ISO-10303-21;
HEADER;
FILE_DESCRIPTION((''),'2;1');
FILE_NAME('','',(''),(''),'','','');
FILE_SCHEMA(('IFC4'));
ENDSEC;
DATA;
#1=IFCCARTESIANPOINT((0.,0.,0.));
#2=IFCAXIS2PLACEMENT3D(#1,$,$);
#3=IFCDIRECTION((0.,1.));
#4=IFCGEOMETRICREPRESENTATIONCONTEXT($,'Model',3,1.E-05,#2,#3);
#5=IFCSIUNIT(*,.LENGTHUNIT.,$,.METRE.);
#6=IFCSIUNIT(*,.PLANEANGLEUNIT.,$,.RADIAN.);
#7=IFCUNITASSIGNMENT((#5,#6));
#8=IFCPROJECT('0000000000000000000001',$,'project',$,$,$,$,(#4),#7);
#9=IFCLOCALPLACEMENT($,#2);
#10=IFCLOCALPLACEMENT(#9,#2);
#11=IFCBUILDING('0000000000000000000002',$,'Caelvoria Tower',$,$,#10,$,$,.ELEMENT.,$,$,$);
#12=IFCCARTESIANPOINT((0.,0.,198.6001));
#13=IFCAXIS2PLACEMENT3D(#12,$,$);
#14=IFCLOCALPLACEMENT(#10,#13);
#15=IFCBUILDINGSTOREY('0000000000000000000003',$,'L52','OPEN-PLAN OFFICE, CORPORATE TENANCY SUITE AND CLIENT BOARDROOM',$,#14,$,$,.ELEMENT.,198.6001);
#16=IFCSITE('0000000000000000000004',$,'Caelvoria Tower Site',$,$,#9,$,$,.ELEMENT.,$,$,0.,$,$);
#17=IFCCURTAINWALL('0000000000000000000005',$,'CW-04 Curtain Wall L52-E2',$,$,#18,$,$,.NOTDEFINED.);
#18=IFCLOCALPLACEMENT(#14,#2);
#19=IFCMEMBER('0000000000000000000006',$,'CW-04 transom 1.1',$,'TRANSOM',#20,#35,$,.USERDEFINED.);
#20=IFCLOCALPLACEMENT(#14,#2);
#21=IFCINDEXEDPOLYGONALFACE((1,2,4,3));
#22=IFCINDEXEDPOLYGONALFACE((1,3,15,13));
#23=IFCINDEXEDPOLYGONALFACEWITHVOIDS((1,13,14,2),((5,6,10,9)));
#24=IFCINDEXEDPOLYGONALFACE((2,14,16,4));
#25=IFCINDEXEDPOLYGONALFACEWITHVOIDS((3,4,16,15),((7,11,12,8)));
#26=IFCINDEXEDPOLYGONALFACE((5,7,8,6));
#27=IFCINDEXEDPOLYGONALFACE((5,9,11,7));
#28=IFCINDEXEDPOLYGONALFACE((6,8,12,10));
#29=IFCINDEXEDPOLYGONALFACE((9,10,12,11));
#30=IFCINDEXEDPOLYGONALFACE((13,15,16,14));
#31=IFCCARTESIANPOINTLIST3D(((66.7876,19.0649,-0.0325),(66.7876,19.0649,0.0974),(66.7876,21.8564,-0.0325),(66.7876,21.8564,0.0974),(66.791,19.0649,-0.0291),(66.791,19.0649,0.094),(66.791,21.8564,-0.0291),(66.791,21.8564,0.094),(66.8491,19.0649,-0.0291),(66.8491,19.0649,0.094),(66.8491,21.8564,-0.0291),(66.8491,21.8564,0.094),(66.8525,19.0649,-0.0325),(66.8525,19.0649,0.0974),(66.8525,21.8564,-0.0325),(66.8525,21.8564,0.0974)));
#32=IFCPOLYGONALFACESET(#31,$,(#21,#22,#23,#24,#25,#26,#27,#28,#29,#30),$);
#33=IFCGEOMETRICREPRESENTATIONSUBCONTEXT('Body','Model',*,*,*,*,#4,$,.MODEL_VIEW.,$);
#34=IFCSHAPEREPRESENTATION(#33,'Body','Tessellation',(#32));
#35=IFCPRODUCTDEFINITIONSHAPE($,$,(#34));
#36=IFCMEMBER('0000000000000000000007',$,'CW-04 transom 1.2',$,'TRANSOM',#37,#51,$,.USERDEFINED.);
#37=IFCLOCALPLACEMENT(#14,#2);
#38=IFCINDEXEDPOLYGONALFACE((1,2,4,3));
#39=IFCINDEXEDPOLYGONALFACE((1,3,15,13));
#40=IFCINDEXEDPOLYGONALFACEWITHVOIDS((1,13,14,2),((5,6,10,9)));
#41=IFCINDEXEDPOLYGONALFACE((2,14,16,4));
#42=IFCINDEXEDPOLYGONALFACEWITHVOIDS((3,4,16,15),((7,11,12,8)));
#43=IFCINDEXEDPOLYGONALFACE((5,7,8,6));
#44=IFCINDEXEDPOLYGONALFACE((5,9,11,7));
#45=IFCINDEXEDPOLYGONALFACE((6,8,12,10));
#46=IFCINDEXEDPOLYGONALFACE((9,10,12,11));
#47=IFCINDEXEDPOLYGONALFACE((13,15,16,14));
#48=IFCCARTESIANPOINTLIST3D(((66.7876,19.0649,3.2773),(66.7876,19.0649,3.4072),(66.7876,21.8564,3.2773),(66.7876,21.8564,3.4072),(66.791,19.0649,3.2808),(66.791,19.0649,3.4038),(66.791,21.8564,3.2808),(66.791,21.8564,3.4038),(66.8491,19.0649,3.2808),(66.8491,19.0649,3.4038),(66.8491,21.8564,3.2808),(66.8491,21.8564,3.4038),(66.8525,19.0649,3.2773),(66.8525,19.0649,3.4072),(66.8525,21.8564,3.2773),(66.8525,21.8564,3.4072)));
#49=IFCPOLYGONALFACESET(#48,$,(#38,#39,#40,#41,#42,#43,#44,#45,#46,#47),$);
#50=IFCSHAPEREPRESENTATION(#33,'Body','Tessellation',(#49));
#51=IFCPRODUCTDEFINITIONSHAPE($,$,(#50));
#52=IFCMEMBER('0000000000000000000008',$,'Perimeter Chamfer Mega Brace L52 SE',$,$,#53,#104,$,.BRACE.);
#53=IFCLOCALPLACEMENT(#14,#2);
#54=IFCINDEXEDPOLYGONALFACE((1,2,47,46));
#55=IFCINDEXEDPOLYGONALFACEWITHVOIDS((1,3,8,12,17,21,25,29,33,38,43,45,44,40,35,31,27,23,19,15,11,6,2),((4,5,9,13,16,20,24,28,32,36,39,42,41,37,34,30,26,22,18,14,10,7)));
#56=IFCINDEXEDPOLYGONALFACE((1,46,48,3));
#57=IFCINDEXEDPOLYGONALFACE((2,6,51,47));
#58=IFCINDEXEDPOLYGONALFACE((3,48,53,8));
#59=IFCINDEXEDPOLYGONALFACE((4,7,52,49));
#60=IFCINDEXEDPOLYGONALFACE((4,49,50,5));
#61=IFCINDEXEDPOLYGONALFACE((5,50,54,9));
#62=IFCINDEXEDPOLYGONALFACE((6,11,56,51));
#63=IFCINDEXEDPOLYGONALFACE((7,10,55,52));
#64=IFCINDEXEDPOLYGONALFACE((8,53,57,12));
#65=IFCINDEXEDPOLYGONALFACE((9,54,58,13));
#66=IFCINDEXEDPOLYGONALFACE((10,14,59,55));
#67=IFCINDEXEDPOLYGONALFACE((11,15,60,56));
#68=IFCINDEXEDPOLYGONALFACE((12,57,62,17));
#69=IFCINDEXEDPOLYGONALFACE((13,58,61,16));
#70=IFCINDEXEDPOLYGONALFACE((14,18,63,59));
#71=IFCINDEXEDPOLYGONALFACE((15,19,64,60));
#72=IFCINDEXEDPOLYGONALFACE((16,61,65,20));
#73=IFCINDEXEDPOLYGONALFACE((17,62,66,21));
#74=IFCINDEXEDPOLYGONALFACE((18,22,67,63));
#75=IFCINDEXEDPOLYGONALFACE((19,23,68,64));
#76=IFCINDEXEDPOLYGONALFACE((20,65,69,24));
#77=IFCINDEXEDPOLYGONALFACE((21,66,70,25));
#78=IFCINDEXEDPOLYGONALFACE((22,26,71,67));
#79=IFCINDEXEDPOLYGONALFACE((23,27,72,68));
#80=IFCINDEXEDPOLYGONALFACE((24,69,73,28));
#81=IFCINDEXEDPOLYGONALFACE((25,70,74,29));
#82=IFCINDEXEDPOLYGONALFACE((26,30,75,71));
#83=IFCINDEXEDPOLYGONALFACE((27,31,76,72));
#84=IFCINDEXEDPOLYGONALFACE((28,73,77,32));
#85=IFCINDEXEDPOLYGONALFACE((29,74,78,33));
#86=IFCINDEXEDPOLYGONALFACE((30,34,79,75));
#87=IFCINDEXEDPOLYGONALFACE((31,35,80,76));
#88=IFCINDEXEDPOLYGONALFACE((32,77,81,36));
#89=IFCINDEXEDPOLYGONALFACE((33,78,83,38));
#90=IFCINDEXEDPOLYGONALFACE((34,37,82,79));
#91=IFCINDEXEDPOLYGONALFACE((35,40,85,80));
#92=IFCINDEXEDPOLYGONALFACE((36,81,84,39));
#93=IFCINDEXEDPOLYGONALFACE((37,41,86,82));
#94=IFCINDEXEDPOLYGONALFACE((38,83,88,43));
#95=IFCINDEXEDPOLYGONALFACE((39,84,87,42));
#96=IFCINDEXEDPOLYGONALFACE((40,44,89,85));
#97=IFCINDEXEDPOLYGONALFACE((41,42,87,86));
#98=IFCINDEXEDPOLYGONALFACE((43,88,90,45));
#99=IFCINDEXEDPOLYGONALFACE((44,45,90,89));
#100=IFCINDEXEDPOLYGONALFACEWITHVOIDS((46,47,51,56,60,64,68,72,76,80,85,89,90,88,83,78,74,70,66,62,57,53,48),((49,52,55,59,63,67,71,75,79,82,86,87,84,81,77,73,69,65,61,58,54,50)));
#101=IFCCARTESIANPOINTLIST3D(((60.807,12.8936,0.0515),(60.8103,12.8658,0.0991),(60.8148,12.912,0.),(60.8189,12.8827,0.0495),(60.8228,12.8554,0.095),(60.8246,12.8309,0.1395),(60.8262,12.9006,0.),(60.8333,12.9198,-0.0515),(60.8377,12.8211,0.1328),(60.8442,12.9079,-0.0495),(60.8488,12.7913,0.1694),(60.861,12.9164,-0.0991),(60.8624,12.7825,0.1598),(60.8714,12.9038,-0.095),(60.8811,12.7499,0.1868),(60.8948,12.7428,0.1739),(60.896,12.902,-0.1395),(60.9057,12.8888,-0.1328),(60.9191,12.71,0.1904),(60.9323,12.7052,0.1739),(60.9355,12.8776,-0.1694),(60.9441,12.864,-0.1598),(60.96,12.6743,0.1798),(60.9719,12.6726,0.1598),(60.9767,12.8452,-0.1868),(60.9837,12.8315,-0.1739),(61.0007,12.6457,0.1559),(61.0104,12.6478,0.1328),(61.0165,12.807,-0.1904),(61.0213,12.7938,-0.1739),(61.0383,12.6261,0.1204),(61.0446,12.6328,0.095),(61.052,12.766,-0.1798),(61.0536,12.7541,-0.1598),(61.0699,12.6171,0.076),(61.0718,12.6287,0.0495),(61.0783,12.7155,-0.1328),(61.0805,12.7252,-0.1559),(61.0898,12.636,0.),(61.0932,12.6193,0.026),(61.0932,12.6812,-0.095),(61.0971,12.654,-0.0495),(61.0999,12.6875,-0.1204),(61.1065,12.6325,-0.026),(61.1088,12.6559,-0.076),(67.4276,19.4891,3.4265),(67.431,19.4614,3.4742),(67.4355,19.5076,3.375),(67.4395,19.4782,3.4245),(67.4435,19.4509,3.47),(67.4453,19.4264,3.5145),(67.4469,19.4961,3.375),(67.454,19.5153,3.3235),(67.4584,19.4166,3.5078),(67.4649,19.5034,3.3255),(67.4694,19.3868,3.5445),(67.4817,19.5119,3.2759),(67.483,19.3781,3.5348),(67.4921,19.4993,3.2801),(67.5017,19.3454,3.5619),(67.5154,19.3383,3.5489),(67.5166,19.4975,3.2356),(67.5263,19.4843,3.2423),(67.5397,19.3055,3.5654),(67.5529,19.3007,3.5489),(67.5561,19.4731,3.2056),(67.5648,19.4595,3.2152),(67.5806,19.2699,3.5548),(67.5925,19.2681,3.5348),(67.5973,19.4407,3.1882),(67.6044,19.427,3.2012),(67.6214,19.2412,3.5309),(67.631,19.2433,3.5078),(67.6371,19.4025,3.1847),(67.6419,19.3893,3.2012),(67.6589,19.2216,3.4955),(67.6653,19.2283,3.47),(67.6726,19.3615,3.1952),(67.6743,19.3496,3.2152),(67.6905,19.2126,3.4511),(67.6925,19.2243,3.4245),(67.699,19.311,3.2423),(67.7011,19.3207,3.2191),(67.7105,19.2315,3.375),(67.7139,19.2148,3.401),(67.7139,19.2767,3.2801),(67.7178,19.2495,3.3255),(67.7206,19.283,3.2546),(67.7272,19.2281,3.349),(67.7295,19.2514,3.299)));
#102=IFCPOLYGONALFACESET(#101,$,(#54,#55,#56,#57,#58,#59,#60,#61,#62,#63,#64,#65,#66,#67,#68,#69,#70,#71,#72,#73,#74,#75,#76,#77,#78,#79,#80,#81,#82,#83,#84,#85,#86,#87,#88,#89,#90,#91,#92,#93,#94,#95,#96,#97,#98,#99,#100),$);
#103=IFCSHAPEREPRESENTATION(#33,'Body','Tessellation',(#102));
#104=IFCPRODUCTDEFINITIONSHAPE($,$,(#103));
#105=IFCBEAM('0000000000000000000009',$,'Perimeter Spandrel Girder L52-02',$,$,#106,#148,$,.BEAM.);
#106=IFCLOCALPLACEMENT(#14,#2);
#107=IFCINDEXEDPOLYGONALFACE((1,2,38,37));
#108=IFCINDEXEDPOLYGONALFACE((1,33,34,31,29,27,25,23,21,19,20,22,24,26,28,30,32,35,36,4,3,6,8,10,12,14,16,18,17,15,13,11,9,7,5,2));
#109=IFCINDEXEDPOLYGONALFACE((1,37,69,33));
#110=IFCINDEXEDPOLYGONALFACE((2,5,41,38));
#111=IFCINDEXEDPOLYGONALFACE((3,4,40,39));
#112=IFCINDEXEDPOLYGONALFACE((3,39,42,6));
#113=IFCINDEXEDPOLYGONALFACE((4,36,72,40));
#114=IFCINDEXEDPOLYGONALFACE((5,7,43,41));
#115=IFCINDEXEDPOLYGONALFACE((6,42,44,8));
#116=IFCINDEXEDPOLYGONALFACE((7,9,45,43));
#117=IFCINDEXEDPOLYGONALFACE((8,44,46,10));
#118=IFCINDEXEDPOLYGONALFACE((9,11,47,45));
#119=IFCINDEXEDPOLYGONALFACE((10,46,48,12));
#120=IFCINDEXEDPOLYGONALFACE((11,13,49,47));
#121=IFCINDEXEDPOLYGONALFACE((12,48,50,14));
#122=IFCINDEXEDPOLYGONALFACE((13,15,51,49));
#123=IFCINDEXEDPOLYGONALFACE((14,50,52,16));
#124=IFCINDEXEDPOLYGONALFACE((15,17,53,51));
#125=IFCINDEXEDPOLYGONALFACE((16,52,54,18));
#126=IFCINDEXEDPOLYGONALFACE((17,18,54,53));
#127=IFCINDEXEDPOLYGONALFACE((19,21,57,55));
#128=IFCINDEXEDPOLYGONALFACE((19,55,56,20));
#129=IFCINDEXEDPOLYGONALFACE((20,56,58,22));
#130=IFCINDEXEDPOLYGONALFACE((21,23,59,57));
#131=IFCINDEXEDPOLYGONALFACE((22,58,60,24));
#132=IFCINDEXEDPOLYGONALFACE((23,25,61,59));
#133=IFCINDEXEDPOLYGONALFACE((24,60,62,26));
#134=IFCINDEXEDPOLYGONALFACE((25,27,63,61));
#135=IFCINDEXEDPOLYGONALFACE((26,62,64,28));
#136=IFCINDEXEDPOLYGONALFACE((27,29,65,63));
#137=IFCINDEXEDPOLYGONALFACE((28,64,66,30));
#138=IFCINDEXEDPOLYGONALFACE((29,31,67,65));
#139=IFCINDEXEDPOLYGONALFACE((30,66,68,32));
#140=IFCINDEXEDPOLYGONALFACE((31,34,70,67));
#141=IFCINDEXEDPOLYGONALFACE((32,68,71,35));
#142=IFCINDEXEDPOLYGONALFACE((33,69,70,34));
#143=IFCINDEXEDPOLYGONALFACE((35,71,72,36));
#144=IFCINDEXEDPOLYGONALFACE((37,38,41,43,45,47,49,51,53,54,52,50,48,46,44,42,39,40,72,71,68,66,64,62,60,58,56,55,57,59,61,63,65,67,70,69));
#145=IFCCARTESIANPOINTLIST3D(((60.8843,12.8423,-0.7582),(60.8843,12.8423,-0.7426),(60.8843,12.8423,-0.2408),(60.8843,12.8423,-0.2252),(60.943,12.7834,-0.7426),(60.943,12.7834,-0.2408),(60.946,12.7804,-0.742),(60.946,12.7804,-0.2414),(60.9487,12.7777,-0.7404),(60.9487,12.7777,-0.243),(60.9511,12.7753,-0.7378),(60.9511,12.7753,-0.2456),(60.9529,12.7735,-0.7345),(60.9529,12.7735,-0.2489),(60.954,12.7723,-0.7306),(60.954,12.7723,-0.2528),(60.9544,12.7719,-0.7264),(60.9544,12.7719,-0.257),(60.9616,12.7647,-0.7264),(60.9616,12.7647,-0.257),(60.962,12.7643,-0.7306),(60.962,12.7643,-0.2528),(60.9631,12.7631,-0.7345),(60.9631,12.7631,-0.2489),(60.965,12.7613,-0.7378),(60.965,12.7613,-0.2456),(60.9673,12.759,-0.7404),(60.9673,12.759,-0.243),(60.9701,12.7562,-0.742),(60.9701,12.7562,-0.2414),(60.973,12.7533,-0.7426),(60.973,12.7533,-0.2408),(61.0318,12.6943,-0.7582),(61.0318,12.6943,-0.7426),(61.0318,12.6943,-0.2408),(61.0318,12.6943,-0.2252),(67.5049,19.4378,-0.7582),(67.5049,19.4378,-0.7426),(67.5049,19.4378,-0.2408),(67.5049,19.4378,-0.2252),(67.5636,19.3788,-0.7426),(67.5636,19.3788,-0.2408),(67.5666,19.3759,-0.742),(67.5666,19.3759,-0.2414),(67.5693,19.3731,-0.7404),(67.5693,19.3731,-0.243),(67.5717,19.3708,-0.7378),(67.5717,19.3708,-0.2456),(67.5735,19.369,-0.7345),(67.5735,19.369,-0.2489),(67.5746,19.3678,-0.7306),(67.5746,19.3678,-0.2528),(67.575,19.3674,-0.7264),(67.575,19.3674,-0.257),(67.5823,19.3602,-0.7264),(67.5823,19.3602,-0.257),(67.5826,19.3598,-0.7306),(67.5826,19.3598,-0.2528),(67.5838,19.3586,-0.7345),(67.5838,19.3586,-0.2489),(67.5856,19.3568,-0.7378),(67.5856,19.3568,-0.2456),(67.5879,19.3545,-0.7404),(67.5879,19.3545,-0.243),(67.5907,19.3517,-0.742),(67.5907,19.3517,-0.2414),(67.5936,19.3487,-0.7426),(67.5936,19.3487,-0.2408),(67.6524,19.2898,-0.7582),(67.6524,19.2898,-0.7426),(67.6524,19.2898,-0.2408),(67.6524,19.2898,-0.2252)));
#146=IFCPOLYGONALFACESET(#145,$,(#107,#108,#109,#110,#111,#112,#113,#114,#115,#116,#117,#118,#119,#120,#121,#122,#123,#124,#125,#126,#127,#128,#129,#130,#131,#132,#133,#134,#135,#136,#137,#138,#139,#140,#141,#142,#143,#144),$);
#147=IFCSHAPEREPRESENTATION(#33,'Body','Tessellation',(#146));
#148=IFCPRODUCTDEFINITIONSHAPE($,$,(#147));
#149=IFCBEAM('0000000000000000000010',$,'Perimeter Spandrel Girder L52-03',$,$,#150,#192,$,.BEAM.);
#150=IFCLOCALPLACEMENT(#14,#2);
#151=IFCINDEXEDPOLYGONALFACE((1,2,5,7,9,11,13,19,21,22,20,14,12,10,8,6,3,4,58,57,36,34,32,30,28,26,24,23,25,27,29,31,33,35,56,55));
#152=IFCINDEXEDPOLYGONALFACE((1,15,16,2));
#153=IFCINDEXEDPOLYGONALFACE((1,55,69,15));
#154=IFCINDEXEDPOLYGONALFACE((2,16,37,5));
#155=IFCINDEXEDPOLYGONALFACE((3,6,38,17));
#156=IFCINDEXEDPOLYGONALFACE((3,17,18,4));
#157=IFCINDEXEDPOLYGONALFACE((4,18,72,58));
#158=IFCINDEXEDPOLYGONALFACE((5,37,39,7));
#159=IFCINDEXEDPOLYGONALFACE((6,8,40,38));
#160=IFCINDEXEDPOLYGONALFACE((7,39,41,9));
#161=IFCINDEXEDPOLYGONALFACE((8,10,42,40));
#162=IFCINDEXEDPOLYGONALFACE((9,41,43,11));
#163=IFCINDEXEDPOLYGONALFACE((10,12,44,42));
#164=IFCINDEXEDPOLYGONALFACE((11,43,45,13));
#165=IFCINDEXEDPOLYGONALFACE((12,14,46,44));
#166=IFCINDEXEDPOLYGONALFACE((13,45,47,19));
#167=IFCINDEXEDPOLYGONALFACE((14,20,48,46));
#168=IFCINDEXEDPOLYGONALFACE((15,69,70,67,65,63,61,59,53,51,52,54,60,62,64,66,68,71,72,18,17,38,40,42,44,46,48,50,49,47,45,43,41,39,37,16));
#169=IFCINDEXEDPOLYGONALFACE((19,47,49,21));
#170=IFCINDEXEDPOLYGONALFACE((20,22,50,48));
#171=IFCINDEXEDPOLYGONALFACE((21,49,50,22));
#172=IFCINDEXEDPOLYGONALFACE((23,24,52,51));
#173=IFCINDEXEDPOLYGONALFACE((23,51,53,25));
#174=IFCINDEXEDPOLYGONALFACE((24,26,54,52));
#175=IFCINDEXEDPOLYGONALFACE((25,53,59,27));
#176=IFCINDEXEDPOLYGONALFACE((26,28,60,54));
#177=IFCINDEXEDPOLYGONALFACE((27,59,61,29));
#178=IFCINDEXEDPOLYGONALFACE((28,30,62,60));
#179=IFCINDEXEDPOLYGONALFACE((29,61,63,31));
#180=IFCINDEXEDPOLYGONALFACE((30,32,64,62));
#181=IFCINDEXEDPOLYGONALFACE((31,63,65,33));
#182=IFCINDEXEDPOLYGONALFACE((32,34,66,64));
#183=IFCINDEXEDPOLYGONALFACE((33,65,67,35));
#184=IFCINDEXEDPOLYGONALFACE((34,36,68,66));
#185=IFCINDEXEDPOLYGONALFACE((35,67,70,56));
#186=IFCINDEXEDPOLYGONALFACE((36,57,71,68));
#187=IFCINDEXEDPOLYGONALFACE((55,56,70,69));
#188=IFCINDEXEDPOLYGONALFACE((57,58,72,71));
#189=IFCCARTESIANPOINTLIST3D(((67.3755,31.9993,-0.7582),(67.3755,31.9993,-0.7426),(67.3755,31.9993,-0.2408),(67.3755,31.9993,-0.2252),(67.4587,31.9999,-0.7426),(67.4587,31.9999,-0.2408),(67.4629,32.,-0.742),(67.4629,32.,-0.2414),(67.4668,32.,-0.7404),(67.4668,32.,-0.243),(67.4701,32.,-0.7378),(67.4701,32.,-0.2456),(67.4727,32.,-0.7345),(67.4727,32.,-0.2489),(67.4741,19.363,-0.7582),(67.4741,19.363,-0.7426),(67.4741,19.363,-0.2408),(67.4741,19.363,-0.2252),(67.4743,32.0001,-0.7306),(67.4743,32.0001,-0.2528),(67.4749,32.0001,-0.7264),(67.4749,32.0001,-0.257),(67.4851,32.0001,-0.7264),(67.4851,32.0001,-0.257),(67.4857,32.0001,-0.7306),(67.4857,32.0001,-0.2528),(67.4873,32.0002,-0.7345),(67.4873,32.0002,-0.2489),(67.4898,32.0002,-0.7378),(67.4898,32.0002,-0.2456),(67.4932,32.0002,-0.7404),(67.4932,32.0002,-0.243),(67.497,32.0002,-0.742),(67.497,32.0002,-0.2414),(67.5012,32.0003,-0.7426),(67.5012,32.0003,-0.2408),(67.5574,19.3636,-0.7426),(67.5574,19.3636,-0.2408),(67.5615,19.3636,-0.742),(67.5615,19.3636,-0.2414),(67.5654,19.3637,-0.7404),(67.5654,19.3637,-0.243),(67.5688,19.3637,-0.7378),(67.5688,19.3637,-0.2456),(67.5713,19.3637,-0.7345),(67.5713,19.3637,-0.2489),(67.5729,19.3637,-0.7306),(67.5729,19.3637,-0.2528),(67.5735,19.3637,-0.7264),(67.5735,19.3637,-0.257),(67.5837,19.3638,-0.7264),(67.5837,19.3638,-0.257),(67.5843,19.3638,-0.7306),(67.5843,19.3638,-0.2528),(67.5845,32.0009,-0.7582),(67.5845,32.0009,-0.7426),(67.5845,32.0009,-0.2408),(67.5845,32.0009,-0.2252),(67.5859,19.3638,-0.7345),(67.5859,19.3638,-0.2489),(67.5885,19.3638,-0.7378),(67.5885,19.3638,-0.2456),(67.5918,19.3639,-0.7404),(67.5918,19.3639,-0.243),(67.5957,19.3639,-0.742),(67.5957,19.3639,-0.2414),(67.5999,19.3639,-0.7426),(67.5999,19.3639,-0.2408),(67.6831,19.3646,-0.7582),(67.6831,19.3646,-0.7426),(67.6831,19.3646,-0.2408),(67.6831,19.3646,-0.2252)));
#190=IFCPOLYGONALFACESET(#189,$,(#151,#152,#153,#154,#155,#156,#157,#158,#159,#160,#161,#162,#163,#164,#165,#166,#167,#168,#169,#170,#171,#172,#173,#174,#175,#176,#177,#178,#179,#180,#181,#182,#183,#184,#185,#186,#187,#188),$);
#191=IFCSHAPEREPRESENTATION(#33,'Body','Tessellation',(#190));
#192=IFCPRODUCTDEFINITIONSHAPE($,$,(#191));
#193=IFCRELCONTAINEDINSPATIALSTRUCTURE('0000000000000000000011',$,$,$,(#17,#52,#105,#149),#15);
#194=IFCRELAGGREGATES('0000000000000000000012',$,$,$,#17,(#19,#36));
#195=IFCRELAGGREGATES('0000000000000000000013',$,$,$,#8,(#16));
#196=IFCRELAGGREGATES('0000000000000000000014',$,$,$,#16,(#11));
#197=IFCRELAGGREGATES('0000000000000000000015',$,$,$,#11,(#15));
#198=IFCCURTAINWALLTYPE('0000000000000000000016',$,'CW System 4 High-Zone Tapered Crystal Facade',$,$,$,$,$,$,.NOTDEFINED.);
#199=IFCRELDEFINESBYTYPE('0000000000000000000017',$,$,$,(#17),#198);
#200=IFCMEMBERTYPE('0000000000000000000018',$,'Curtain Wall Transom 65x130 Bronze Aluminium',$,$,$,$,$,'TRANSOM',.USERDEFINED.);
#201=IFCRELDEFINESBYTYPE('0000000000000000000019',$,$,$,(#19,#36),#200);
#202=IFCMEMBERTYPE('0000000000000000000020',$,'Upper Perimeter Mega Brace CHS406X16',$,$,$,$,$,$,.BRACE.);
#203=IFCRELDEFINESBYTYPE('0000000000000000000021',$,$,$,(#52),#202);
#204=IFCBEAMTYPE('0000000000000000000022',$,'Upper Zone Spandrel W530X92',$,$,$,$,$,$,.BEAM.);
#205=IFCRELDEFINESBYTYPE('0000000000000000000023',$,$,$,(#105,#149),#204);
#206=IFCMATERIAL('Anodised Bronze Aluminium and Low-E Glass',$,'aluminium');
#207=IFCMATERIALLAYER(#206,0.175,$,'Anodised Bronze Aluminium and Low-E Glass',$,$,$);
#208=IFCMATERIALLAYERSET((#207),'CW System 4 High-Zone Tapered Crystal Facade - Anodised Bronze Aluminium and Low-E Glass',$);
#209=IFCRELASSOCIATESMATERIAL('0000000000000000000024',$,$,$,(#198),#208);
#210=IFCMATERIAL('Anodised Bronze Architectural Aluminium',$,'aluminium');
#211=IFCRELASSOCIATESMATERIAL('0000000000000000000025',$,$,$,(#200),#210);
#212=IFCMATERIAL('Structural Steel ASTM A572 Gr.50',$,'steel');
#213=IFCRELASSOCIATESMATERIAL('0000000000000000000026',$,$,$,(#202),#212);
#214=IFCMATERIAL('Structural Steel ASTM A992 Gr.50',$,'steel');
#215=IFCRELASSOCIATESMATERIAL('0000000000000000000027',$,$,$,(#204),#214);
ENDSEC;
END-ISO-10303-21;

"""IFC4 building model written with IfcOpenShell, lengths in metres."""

from ifc_helpers import new_model, si_unit, direction, frame, origin, origin_2d, place, context, subcontext, project, spatial, hollow_rectangle, hollow_circle, i_section, extrude, material, layer, layer_set, material_profile, profile_set, type_object, element, aggregate, save


model = new_model("IFC4")

# Units and contexts
model_context = context("Model", 3, precision=1e-05, world=origin(), true_north=direction((0.0, 1.0)))
body_context = subcontext(model_context, "Body", "Model", "MODEL_VIEW")
ifc_project = project(units=[si_unit("LENGTHUNIT", "METRE"), si_unit("PLANEANGLEUNIT", "RADIAN")], contexts=[model_context])

# Site, building, storey
site_placement = place(None, origin())
site = spatial("IfcSite", under=ifc_project, at=site_placement, Name="Caelvoria Tower Site", CompositionType="ELEMENT", RefElevation=0.0)
building_placement = place(site_placement, origin())
building = spatial("IfcBuilding", under=site, at=building_placement, Name="Caelvoria Tower", CompositionType="ELEMENT")
storey_placement = place(building_placement, frame((0.0, 0.0, 198.6001)))
storey = spatial("IfcBuildingStorey", under=building, at=storey_placement, Name="L52", Description="OPEN-PLAN OFFICE, CORPORATE TENANCY SUITE AND CLIENT BOARDROOM", CompositionType="ELEMENT", Elevation=198.6001)

# Shared definitions
ifc_material_1 = material(Name="Structural Steel ASTM A572 Gr.50", Category="steel")

# Shared definitions
ifc_material_2 = material(Name="Anodised Bronze Aluminium and Low-E Glass", Category="aluminium")
ifc_layer_1 = layer(ifc_material_2, 0.175, Name="Anodised Bronze Aluminium and Low-E Glass")
ifc_layer_set_1 = layer_set([ifc_layer_1], Name="CW System 4 High-Zone Tapered Crystal Facade - Anodised Bronze Aluminium and Low-E Glass")
curtain_wall_type = type_object("IfcCurtainWallType", Name="CW System 4 High-Zone Tapered Crystal Facade", PredefinedType="NOTDEFINED", material=ifc_layer_set_1)
ifc_material_3 = material(Name="Anodised Bronze Architectural Aluminium", Category="aluminium")

# Curtain wall
curtain_wall_1_placement = place(storey_placement, origin())
curtain_wall_1 = element("IfcCurtainWall", 1, at=curtain_wall_1_placement, inside=storey, type_object=curtain_wall_type, Name="CW-04 Curtain Wall L52-E2", PredefinedType="NOTDEFINED")

# Members
ifc_material_profile_1 = material_profile(ifc_material_3, hollow_rectangle(XDim=0.0649, YDim=0.1299, WallThickness=0.0034, at=origin_2d()), Name="Anodised Bronze Architectural Aluminium")
ifc_profile_set_1 = profile_set([ifc_material_profile_1], Name="CW_TRAN_65X130 - Anodised Bronze Architectural Aluminium")
member_type_1 = type_object("IfcMemberType", Name="Curtain Wall Transom 65x130 Bronze Aluminium", ElementType="TRANSOM", PredefinedType="USERDEFINED", material=ifc_profile_set_1)
member_1_placement = place(storey_placement, frame((66.8201, 19.0649, 0.0325), z_axis=(0.0, 1.0, 0.0), x_axis=(-1.0, 0.0, 0.0)))
member_1 = element("IfcMember", 2, at=member_1_placement, type_object=member_type_1, Name="CW-04 transom 1.1", ObjectType="TRANSOM", PredefinedType="USERDEFINED", context=body_context, shape_type="SweptSolid", body=[
    extrude(hollow_rectangle(XDim=0.0649, YDim=0.1299, WallThickness=0.0034, at=origin_2d()), origin(), (0.0, 0.0, 1.0), 2.7915),
])
member_2_placement = place(storey_placement, frame((66.8201, 19.0649, 3.3423), z_axis=(0.0, 1.0, 0.0), x_axis=(-1.0, 0.0, 0.0)))
member_2 = element("IfcMember", 3, at=member_2_placement, type_object=member_type_1, Name="CW-04 transom 1.2", ObjectType="TRANSOM", PredefinedType="USERDEFINED", context=body_context, shape_type="SweptSolid", body=[
    extrude(hollow_rectangle(XDim=0.0649, YDim=0.1299, WallThickness=0.0034, at=origin_2d()), origin(), (0.0, 0.0, 1.0), 2.7915),
])
aggregate(curtain_wall_1, [member_1, member_2])
ifc_material_profile_2 = material_profile(ifc_material_1, hollow_circle(Radius=0.2029, WallThickness=0.0161, at=origin_2d()), Name="Structural Steel ASTM A572 Gr.50")
ifc_profile_set_2 = profile_set([ifc_material_profile_2], Name="CHS406X16 - Structural Steel ASTM A572 Gr.50")
member_type_2 = type_object("IfcMemberType", Name="Upper Perimeter Mega Brace CHS406X16", PredefinedType="BRACE", material=ifc_profile_set_2)
member_3_placement = place(storey_placement, frame((60.958, 12.7683, 0.0), z_axis=(0.666328, 0.663797, 0.339676), x_axis=(-0.70576, 0.708451, 0.0)))
element("IfcMember", 4, at=member_3_placement, inside=storey, type_object=member_type_2, Name="Perimeter Chamfer Mega Brace L52 SE", PredefinedType="BRACE", context=body_context, shape_type="SweptSolid", body=[
    extrude(hollow_circle(Radius=0.2029, WallThickness=0.0161, at=origin_2d()), origin(), (0.0, 0.0, 1.0), 9.936),
])

# Beams
ifc_material_4 = material(Name="Structural Steel ASTM A992 Gr.50", Category="steel")
ifc_material_profile_3 = material_profile(ifc_material_4, i_section(OverallWidth=0.209, OverallDepth=0.533, WebThickness=0.0103, FlangeThickness=0.0156, FilletRadius=0.0161, at=origin_2d()), Name="Structural Steel ASTM A992 Gr.50")
ifc_profile_set_3 = profile_set([ifc_material_profile_3], Name="W530X92 - Structural Steel ASTM A992 Gr.50")
beam_type = type_object("IfcBeamType", Name="Upper Zone Spandrel W530X92", PredefinedType="BEAM", material=ifc_profile_set_3)
beam_1_placement = place(storey_placement, frame((60.958, 12.7683, -0.4917), z_axis=(0.708451, 0.70576, 0.0), x_axis=(-0.70576, 0.708451, 0.0)))
element("IfcBeam", 5, at=beam_1_placement, inside=storey, type_object=beam_type, Name="Perimeter Spandrel Girder L52-02", PredefinedType="BEAM", context=body_context, shape_type="SweptSolid", body=[
    extrude(i_section(OverallWidth=0.209, OverallDepth=0.533, WebThickness=0.0103, FlangeThickness=0.0156, FilletRadius=0.0161, at=origin_2d()), origin(), (0.0, 0.0, 1.0), 9.3452),
])
beam_2_placement = place(storey_placement, frame((67.5786, 19.3638, -0.4917), z_axis=(-0.007805, 0.99997, 0.0), x_axis=(-0.99997, -0.007805, 0.0)))
element("IfcBeam", 6, at=beam_2_placement, inside=storey, type_object=beam_type, Name="Perimeter Spandrel Girder L52-03", PredefinedType="BEAM", context=body_context, shape_type="SweptSolid", body=[
    extrude(i_section(OverallWidth=0.209, OverallDepth=0.533, WebThickness=0.0103, FlangeThickness=0.0156, FilletRadius=0.0161, at=origin_2d()), origin(), (0.0, 0.0, 1.0), 12.6367),
])

save(model, "model.ifc")
